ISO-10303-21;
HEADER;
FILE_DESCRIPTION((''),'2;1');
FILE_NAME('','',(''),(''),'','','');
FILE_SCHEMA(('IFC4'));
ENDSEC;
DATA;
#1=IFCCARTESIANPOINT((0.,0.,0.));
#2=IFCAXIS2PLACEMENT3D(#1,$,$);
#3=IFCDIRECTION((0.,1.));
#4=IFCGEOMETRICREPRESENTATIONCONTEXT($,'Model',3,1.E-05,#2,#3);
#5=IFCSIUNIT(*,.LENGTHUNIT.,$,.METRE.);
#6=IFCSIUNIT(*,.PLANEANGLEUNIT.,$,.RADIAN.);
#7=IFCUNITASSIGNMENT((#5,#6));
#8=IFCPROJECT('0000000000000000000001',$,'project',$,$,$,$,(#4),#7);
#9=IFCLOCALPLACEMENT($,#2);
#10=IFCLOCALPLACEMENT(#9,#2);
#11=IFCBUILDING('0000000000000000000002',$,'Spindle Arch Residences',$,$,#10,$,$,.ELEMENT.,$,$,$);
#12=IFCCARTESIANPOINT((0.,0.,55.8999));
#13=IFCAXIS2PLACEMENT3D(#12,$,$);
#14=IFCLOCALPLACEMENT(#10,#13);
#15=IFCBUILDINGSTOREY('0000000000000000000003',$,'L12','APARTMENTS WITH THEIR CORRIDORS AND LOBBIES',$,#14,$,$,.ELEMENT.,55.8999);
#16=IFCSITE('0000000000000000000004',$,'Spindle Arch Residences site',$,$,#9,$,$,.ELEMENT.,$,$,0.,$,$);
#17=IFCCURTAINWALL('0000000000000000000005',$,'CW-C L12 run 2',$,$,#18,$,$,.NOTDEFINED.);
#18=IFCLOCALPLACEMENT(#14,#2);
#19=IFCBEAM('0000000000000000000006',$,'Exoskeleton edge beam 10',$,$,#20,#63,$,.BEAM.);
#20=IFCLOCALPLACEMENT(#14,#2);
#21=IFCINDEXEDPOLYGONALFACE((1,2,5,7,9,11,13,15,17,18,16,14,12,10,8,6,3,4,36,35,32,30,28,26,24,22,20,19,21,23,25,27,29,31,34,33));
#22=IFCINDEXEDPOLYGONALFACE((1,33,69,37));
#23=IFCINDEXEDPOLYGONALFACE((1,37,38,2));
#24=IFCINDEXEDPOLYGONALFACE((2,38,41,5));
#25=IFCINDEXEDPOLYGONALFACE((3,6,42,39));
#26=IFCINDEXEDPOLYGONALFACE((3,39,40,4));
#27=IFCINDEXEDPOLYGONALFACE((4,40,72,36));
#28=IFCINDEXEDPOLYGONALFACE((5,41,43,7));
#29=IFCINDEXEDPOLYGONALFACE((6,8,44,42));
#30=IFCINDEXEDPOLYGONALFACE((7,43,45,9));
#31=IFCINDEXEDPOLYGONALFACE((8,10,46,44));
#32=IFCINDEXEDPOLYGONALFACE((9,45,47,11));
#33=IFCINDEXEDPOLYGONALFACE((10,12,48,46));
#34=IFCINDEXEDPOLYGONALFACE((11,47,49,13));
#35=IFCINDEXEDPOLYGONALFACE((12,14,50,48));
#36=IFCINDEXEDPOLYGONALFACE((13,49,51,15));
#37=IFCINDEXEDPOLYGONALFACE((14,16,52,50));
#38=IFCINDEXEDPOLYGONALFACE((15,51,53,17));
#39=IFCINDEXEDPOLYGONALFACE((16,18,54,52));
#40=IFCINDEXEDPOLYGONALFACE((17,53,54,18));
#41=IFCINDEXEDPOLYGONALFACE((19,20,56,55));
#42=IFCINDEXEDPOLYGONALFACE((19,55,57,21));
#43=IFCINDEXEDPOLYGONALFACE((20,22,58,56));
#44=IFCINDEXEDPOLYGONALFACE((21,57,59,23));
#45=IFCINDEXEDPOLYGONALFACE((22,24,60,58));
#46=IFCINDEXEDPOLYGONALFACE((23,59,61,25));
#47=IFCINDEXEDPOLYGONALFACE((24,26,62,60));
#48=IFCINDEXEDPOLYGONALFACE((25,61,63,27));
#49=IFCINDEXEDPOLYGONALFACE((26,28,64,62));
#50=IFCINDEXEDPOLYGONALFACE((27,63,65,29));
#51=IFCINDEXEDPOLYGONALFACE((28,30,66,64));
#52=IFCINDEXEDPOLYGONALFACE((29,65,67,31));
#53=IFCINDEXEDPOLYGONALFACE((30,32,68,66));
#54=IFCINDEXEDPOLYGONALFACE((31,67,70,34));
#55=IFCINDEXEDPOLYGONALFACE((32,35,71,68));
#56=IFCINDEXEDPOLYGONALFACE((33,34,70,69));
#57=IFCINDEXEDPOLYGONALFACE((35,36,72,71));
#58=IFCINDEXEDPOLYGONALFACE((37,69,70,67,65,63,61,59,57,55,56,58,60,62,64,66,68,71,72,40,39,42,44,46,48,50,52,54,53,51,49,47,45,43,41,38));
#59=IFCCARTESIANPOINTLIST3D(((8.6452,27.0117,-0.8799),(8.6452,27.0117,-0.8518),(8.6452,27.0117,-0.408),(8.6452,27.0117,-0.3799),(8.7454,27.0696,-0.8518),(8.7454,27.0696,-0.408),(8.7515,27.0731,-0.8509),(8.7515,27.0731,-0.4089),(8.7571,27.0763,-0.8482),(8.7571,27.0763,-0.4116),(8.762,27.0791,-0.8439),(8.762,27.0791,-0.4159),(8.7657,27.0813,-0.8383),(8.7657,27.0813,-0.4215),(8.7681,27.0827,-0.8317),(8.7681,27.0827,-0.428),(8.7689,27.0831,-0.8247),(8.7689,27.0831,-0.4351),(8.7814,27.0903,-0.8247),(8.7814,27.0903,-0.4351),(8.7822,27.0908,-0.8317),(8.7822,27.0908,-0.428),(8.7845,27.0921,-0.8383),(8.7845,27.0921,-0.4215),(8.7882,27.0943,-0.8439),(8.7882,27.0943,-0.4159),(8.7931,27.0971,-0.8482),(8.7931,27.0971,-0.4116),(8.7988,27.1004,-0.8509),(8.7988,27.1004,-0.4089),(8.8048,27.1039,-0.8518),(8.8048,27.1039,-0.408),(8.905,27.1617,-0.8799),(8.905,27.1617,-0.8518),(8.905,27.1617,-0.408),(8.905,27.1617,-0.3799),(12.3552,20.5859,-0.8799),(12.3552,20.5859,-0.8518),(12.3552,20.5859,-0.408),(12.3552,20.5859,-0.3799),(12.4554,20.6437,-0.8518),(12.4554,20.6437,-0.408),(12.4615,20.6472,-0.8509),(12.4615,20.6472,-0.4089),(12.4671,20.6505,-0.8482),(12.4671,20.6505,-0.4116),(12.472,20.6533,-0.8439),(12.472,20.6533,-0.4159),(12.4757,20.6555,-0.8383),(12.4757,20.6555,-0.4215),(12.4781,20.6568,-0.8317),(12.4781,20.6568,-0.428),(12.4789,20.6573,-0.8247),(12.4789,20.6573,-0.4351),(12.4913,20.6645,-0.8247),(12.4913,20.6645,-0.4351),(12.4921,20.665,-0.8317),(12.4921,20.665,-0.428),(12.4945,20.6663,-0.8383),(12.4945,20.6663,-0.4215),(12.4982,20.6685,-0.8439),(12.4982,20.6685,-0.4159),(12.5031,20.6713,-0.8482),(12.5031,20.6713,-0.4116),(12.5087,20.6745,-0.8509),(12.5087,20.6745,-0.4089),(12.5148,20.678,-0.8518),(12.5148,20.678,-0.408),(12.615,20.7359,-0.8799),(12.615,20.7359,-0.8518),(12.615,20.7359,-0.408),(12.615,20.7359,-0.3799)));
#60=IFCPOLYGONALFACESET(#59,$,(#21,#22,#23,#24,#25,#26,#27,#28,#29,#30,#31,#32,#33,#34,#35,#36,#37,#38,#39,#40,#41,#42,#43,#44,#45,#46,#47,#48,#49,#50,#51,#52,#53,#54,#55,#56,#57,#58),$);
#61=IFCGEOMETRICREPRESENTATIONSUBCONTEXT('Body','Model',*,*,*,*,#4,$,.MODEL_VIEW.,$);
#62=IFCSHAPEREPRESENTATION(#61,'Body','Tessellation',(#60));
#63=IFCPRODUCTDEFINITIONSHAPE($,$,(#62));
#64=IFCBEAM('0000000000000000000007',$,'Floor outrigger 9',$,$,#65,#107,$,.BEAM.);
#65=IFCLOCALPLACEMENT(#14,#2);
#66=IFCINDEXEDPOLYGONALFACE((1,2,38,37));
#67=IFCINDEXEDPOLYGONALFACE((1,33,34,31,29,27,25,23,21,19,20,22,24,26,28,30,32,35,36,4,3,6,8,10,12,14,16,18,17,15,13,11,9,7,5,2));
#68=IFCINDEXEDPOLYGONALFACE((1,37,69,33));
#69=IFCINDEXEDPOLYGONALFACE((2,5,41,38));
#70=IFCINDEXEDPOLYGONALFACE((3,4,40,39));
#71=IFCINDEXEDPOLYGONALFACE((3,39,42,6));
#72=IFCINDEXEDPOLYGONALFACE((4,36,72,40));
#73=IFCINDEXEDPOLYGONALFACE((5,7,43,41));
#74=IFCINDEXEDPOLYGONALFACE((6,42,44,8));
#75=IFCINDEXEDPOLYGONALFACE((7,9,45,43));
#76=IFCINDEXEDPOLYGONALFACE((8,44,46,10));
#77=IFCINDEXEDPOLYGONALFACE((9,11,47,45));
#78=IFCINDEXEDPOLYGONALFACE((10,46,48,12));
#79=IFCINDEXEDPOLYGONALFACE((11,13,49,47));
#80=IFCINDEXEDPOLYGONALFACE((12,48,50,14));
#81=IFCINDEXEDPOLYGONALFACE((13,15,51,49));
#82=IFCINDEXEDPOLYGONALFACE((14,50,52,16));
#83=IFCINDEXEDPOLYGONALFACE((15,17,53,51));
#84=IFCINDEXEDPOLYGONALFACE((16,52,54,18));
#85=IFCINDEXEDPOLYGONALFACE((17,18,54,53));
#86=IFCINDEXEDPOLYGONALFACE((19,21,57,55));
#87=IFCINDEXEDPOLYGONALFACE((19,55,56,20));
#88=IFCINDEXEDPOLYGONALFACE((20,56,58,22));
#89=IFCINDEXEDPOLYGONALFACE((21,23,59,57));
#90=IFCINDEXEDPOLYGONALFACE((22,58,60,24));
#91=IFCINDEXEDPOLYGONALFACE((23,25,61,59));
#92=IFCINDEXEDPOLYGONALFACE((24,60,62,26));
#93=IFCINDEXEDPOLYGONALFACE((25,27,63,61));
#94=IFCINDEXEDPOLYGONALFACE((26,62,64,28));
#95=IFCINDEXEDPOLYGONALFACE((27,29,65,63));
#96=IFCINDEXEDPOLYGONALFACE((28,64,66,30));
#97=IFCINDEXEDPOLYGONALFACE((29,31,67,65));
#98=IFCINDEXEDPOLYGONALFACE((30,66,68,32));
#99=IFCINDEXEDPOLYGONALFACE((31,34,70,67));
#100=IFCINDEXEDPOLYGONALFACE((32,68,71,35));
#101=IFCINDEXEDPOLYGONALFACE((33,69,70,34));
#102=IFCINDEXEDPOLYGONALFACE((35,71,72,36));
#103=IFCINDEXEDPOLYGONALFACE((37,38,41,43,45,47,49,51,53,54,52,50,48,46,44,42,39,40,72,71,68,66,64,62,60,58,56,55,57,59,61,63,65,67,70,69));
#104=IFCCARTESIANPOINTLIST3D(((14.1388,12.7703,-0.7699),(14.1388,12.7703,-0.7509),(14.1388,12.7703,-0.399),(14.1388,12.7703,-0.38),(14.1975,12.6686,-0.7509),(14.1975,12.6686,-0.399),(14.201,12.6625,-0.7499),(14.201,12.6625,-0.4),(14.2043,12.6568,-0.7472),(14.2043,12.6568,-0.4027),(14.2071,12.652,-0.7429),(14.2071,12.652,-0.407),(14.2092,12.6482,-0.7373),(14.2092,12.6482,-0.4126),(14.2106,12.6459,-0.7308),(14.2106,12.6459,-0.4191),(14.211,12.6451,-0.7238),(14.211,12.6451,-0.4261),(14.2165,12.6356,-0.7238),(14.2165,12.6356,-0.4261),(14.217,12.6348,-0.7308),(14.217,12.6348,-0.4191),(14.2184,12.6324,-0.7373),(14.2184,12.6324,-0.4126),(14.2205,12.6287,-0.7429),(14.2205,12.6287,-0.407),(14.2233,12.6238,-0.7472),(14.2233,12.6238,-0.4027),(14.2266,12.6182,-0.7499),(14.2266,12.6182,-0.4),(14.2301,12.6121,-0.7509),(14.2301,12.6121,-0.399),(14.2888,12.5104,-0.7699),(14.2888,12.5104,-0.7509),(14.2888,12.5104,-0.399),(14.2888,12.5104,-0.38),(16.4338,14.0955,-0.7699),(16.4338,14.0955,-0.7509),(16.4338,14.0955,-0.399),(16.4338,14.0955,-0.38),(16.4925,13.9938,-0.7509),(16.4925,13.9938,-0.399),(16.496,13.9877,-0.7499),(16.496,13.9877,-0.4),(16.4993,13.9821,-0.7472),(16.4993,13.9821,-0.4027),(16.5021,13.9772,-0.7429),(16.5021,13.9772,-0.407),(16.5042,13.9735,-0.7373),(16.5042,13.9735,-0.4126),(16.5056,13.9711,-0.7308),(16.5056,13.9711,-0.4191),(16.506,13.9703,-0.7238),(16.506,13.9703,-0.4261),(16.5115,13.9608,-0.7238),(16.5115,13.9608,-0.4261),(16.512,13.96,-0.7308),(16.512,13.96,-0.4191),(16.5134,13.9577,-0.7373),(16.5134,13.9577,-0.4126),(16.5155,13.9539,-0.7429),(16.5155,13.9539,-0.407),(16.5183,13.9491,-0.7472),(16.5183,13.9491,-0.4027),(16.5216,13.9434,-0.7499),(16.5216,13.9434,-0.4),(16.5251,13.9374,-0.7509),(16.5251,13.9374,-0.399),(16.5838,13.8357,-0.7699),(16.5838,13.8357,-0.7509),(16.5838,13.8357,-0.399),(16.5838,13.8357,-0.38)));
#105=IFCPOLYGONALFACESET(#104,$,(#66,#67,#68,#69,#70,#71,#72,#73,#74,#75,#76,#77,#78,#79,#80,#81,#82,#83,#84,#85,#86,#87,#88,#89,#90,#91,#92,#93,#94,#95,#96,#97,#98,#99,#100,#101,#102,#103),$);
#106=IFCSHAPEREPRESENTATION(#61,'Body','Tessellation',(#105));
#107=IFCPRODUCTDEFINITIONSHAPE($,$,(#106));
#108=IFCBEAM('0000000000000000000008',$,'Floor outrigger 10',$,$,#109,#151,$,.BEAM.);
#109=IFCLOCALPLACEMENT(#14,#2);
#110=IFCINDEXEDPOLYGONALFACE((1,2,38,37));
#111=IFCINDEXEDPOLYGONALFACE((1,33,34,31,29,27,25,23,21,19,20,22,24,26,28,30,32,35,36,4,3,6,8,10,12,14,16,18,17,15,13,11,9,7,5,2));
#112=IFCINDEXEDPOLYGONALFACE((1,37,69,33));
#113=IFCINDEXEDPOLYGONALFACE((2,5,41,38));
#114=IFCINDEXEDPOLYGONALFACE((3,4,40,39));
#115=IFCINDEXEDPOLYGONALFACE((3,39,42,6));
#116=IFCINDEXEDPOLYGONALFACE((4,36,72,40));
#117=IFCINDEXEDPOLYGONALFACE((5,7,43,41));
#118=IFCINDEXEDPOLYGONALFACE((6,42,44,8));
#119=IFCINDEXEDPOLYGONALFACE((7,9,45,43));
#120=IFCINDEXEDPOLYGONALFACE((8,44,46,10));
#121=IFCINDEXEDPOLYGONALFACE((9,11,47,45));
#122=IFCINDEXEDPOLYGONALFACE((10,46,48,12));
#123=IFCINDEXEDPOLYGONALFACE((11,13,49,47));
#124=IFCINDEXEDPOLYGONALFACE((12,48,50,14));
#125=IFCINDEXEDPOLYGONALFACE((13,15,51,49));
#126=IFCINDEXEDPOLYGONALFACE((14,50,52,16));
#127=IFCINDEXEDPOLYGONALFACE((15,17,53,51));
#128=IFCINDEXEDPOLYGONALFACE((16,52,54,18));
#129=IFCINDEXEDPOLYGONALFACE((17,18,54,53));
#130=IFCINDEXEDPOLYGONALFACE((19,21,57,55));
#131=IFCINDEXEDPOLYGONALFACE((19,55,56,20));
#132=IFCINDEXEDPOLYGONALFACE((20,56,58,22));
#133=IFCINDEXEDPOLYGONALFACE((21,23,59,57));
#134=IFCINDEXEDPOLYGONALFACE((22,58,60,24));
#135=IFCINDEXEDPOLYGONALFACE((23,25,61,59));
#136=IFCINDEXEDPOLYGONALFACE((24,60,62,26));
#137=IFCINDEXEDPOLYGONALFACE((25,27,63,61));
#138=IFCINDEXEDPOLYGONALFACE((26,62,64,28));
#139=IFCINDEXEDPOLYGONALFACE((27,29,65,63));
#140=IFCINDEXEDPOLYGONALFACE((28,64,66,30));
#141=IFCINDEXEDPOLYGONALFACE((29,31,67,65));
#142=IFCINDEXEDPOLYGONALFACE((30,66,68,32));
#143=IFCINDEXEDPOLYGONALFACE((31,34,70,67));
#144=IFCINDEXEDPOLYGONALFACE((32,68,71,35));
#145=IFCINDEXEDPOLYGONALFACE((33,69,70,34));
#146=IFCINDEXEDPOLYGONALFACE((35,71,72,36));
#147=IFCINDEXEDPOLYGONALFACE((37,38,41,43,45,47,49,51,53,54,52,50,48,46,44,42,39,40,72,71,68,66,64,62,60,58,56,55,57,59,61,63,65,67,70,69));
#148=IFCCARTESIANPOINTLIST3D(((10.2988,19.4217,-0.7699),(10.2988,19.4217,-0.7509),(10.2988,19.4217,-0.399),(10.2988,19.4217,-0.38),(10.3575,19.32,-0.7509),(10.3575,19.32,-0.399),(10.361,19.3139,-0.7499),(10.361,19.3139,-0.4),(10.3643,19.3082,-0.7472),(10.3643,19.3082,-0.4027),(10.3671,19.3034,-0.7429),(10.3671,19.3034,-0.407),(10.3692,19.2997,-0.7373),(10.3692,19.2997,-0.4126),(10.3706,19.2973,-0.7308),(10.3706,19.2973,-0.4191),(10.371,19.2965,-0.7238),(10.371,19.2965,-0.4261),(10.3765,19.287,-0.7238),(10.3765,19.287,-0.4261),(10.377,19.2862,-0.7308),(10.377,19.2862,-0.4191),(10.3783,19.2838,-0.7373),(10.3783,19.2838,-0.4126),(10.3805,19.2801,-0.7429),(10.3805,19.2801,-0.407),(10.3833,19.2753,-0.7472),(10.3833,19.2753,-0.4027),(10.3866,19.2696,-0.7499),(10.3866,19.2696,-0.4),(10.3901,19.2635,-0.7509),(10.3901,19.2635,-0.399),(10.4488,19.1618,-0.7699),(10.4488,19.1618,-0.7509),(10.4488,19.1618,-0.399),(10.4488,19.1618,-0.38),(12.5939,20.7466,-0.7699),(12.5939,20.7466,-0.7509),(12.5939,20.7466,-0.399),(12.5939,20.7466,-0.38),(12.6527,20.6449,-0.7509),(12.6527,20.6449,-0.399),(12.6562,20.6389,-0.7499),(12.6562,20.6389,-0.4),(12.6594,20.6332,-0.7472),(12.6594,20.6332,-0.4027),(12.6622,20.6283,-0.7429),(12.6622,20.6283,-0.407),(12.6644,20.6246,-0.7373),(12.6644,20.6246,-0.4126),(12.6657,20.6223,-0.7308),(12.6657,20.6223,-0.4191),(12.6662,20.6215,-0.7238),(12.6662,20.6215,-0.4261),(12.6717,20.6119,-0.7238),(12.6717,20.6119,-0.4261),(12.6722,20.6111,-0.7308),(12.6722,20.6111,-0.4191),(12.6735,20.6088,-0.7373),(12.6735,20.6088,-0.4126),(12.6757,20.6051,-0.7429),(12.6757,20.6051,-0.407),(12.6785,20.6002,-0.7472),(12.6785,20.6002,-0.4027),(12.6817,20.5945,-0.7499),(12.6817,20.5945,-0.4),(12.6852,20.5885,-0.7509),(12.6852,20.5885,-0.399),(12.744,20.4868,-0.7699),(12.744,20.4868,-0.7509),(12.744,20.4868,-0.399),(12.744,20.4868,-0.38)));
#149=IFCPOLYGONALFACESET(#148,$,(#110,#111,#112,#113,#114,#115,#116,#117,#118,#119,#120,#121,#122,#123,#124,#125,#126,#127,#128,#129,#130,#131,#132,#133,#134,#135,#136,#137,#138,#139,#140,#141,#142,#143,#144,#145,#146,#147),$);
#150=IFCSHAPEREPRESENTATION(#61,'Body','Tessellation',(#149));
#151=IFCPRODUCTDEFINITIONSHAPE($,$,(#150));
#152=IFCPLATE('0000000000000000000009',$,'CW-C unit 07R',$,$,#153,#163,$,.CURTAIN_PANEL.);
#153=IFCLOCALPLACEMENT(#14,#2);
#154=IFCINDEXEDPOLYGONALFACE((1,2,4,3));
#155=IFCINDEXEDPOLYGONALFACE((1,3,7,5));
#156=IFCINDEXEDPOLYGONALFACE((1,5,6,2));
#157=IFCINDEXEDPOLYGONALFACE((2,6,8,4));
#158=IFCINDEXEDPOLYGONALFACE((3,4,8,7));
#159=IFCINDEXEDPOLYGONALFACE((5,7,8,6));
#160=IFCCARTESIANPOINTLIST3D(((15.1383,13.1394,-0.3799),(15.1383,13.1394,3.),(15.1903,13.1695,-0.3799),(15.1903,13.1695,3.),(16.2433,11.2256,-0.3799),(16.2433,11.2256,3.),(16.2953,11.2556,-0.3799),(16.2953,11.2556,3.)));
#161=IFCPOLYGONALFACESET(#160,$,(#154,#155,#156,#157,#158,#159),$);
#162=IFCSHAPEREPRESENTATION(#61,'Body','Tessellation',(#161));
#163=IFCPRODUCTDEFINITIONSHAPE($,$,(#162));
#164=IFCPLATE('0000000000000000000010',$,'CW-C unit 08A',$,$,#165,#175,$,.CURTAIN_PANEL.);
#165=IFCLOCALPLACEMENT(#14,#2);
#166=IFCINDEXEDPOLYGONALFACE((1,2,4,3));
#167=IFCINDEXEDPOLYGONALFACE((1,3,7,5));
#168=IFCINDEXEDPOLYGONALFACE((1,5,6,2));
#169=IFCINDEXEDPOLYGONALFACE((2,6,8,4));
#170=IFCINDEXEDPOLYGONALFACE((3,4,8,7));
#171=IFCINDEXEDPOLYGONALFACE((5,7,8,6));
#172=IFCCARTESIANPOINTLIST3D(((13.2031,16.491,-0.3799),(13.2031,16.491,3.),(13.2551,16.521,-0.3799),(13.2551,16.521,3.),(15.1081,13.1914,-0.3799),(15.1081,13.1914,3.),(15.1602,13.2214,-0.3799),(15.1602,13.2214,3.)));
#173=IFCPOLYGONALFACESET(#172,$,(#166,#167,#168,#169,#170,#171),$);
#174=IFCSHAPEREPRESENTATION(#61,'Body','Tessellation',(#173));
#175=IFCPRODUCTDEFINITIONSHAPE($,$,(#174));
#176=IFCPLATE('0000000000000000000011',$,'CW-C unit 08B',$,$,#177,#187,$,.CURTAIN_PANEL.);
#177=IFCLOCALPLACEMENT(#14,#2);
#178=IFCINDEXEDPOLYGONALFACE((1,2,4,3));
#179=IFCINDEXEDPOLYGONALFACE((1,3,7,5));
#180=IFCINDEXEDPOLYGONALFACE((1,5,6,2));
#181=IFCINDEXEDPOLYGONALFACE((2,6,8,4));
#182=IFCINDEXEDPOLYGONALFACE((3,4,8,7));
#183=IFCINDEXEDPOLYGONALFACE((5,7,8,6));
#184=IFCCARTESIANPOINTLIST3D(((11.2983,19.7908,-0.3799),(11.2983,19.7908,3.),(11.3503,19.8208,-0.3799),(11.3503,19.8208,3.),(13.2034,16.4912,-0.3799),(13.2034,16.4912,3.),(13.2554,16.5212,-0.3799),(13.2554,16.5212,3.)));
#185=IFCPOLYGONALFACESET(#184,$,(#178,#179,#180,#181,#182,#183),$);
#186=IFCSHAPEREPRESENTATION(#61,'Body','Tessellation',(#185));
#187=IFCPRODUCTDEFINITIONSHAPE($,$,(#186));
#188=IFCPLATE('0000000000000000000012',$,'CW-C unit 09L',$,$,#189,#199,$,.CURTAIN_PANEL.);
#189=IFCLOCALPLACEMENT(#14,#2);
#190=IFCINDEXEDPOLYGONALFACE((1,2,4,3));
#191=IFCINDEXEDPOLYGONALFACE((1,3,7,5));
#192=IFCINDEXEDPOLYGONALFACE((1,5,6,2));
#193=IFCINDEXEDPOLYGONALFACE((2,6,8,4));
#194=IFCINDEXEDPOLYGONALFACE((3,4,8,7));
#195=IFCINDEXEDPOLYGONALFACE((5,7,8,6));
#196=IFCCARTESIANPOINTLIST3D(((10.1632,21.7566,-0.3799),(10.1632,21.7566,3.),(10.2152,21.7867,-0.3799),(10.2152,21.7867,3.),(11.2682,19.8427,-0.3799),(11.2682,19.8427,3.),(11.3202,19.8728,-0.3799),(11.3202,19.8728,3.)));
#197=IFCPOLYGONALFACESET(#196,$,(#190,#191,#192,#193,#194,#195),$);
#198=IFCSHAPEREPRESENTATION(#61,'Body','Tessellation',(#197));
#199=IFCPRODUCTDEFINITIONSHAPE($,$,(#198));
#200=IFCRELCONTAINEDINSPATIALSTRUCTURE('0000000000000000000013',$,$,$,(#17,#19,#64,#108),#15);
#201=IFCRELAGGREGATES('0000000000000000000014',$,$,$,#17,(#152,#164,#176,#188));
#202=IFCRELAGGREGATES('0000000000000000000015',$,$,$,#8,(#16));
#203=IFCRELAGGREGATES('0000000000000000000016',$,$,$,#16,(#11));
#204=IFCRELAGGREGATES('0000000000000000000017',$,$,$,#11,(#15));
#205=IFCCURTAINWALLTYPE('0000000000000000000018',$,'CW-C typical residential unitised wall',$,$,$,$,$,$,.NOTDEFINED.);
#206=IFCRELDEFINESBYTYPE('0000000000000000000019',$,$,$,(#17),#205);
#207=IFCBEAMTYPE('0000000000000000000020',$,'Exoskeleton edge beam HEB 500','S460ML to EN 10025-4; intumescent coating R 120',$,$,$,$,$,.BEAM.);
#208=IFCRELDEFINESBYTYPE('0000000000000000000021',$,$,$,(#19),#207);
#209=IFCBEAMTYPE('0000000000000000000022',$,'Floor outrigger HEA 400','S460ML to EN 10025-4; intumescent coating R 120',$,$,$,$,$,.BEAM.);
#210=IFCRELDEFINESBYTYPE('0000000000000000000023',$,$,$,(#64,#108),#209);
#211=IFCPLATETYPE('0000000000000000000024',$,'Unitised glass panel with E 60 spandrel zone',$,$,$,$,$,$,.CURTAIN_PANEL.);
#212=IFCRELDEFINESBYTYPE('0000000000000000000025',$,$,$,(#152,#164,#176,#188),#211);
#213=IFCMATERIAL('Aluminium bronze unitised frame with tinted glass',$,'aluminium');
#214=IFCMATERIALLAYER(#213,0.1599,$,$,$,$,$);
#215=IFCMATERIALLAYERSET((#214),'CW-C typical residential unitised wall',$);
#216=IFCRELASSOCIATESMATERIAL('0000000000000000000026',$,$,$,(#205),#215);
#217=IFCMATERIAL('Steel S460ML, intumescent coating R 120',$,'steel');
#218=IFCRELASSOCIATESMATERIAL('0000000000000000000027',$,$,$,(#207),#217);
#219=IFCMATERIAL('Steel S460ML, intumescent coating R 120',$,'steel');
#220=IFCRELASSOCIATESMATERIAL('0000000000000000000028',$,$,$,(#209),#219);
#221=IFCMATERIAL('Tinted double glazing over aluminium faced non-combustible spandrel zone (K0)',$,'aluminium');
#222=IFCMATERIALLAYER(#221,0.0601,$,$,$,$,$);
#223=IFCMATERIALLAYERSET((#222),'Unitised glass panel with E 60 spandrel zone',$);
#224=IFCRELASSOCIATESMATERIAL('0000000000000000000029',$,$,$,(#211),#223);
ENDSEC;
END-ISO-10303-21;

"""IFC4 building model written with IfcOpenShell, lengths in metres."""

from ifc_helpers import new_model, si_unit, direction, frame, origin, origin_2d, place, context, subcontext, project, spatial, rectangle, i_section, extrude, material, layer, layer_set, material_profile, profile_set, type_object, element, aggregate, save


model = new_model("IFC4")

# Units and contexts
model_context = context("Model", 3, precision=1e-05, world=origin(), true_north=direction((0.0, 1.0)))
body_context = subcontext(model_context, "Body", "Model", "MODEL_VIEW")
ifc_project = project(units=[si_unit("LENGTHUNIT", "METRE"), si_unit("PLANEANGLEUNIT", "RADIAN")], contexts=[model_context])

# Site, building, storey
site_placement = place(None, origin())
site = spatial("IfcSite", under=ifc_project, at=site_placement, Name="Spindle Arch Residences site", CompositionType="ELEMENT", RefElevation=0.0)
building_placement = place(site_placement, origin())
building = spatial("IfcBuilding", under=site, at=building_placement, Name="Spindle Arch Residences", CompositionType="ELEMENT")
storey_placement = place(building_placement, frame((0.0, 0.0, 55.8999)))
storey = spatial("IfcBuildingStorey", under=building, at=storey_placement, Name="L12", Description="APARTMENTS WITH THEIR CORRIDORS AND LOBBIES", CompositionType="ELEMENT", Elevation=55.8999)

# Curtain wall
ifc_material_1 = material(Name="Aluminium bronze unitised frame with tinted glass", Category="aluminium")
ifc_layer_1 = layer(ifc_material_1, 0.1599)
ifc_layer_set_1 = layer_set([ifc_layer_1], Name="CW-C typical residential unitised wall")
curtain_wall_type = type_object("IfcCurtainWallType", Name="CW-C typical residential unitised wall", PredefinedType="NOTDEFINED", material=ifc_layer_set_1)
curtain_wall_placement = place(storey_placement, origin())
curtain_wall = element("IfcCurtainWall", 1, at=curtain_wall_placement, inside=storey, type_object=curtain_wall_type, Name="CW-C L12 run 2", PredefinedType="NOTDEFINED")

# Beams
ifc_material_2 = material(Name="Steel S460ML, intumescent coating R 120", Category="steel")
ifc_material_profile_1 = material_profile(ifc_material_2, i_section(OverallWidth=0.3, OverallDepth=0.5, WebThickness=0.0144, FlangeThickness=0.0281, FilletRadius=0.0271, at=origin_2d()), Name="HEB 500")
ifc_profile_set_1 = profile_set([ifc_material_profile_1], Name="Steel S460ML, intumescent coating R 120")
beam_type_1 = type_object("IfcBeamType", Name="Exoskeleton edge beam HEB 500", Description="S460ML to EN 10025-4; intumescent coating R 120", PredefinedType="BEAM", material=ifc_profile_set_1)
beam_1_placement = place(storey_placement, frame((12.4851, 20.6609, -0.6299), z_axis=(-0.500003, 0.866023, 0.0), x_axis=(-0.866023, -0.500003, 0.0)))
element("IfcBeam", 2, at=beam_1_placement, inside=storey, type_object=beam_type_1, Name="Exoskeleton edge beam 10", PredefinedType="BEAM", context=body_context, shape_type="SweptSolid", body=[
    extrude(i_section(OverallWidth=0.3, OverallDepth=0.5, WebThickness=0.0144, FlangeThickness=0.0281, FilletRadius=0.0271, at=origin_2d()), origin(), (0.0, 0.0, 1.0), 7.4199),
])
ifc_material_3 = material(Name="Steel S460ML, intumescent coating R 120", Category="steel")
ifc_material_profile_2 = material_profile(ifc_material_3, i_section(OverallWidth=0.3, OverallDepth=0.3899, WebThickness=0.011, FlangeThickness=0.019, FilletRadius=0.0271, at=origin_2d()), Name="HEA 400")
ifc_profile_set_2 = profile_set([ifc_material_profile_2], Name="Steel S460ML, intumescent coating R 120")
beam_type_2 = type_object("IfcBeamType", Name="Floor outrigger HEA 400", Description="S460ML to EN 10025-4; intumescent coating R 120", PredefinedType="BEAM", material=ifc_profile_set_2)
for number, where, z_axis, x_axis, name in (
    (3, (16.5088, 13.9656, -0.575), (-0.865989, -0.500063, 0.0), (0.500063, -0.865989, 0.0), "Floor outrigger 9"),
    (4, (12.6689, 20.6167, -0.575), (-0.866052, -0.499954, 0.0), (0.499954, -0.866052, 0.0), "Floor outrigger 10"),
):
    element("IfcBeam", number, at=place(storey_placement, frame(where, z_axis=z_axis, x_axis=x_axis)), inside=storey, type_object=beam_type_2, Name=name, PredefinedType="BEAM", context=body_context, shape_type="SweptSolid", body=[
        extrude(i_section(OverallWidth=0.3, OverallDepth=0.3899, WebThickness=0.011, FlangeThickness=0.019, FilletRadius=0.0271, at=origin_2d()), origin(), (0.0, 0.0, 1.0), 2.6501),
    ])

# Plates
ifc_material_4 = material(Name="Tinted double glazing over aluminium faced non-combustible spandrel zone (K0)", Category="aluminium")
ifc_layer_2 = layer(ifc_material_4, 0.0601)
ifc_layer_set_2 = layer_set([ifc_layer_2], Name="Unitised glass panel with E 60 spandrel zone")
plate_type = type_object("IfcPlateType", Name="Unitised glass panel with E 60 spandrel zone", PredefinedType="CURTAIN_PANEL", material=ifc_layer_set_2)
plate_1_placement = place(storey_placement, frame((15.7168, 12.1975, -0.3799), z_axis=(0.0, 0.0, 1.0), x_axis=(-0.5, 0.866025, 0.0)))
plate_1 = element("IfcPlate", 5, at=plate_1_placement, type_object=plate_type, Name="CW-C unit 07R", PredefinedType="CURTAIN_PANEL", context=body_context, shape_type="SweptSolid", body=[
    extrude(rectangle(XDim=2.21, YDim=0.0601, at=origin_2d()), origin(), (0.0, 0.0, 1.0), 3.3799),
])
plate_2_placement = place(storey_placement, frame((14.1816, 14.8562, -0.3799), z_axis=(0.0, 0.0, 1.0), x_axis=(-0.5, 0.866025, 0.0)))
plate_2 = element("IfcPlate", 6, at=plate_2_placement, type_object=plate_type, Name="CW-C unit 08A", PredefinedType="CURTAIN_PANEL", context=body_context, shape_type="SweptSolid", body=[
    extrude(rectangle(XDim=3.8101, YDim=0.0601, at=origin_2d()), origin(), (0.0, 0.0, 1.0), 3.3799),
])
plate_3_placement = place(storey_placement, frame((12.2769, 18.156, -0.3799), z_axis=(0.0, 0.0, 1.0), x_axis=(-0.5, 0.866025, 0.0)))
plate_3 = element("IfcPlate", 7, at=plate_3_placement, type_object=plate_type, Name="CW-C unit 08B", PredefinedType="CURTAIN_PANEL", context=body_context, shape_type="SweptSolid", body=[
    extrude(rectangle(XDim=3.8101, YDim=0.0601, at=origin_2d()), origin(), (0.0, 0.0, 1.0), 3.3799),
])
plate_4_placement = place(storey_placement, frame((10.7417, 20.8147, -0.3799), z_axis=(0.0, 0.0, 1.0), x_axis=(-0.5, 0.866025, 0.0)))
plate_4 = element("IfcPlate", 8, at=plate_4_placement, type_object=plate_type, Name="CW-C unit 09L", PredefinedType="CURTAIN_PANEL", context=body_context, shape_type="SweptSolid", body=[
    extrude(rectangle(XDim=2.21, YDim=0.0601, at=origin_2d()), origin(), (0.0, 0.0, 1.0), 3.3799),
])
aggregate(curtain_wall, [plate_1, plate_2, plate_3, plate_4])

save(model, "model.ifc")
